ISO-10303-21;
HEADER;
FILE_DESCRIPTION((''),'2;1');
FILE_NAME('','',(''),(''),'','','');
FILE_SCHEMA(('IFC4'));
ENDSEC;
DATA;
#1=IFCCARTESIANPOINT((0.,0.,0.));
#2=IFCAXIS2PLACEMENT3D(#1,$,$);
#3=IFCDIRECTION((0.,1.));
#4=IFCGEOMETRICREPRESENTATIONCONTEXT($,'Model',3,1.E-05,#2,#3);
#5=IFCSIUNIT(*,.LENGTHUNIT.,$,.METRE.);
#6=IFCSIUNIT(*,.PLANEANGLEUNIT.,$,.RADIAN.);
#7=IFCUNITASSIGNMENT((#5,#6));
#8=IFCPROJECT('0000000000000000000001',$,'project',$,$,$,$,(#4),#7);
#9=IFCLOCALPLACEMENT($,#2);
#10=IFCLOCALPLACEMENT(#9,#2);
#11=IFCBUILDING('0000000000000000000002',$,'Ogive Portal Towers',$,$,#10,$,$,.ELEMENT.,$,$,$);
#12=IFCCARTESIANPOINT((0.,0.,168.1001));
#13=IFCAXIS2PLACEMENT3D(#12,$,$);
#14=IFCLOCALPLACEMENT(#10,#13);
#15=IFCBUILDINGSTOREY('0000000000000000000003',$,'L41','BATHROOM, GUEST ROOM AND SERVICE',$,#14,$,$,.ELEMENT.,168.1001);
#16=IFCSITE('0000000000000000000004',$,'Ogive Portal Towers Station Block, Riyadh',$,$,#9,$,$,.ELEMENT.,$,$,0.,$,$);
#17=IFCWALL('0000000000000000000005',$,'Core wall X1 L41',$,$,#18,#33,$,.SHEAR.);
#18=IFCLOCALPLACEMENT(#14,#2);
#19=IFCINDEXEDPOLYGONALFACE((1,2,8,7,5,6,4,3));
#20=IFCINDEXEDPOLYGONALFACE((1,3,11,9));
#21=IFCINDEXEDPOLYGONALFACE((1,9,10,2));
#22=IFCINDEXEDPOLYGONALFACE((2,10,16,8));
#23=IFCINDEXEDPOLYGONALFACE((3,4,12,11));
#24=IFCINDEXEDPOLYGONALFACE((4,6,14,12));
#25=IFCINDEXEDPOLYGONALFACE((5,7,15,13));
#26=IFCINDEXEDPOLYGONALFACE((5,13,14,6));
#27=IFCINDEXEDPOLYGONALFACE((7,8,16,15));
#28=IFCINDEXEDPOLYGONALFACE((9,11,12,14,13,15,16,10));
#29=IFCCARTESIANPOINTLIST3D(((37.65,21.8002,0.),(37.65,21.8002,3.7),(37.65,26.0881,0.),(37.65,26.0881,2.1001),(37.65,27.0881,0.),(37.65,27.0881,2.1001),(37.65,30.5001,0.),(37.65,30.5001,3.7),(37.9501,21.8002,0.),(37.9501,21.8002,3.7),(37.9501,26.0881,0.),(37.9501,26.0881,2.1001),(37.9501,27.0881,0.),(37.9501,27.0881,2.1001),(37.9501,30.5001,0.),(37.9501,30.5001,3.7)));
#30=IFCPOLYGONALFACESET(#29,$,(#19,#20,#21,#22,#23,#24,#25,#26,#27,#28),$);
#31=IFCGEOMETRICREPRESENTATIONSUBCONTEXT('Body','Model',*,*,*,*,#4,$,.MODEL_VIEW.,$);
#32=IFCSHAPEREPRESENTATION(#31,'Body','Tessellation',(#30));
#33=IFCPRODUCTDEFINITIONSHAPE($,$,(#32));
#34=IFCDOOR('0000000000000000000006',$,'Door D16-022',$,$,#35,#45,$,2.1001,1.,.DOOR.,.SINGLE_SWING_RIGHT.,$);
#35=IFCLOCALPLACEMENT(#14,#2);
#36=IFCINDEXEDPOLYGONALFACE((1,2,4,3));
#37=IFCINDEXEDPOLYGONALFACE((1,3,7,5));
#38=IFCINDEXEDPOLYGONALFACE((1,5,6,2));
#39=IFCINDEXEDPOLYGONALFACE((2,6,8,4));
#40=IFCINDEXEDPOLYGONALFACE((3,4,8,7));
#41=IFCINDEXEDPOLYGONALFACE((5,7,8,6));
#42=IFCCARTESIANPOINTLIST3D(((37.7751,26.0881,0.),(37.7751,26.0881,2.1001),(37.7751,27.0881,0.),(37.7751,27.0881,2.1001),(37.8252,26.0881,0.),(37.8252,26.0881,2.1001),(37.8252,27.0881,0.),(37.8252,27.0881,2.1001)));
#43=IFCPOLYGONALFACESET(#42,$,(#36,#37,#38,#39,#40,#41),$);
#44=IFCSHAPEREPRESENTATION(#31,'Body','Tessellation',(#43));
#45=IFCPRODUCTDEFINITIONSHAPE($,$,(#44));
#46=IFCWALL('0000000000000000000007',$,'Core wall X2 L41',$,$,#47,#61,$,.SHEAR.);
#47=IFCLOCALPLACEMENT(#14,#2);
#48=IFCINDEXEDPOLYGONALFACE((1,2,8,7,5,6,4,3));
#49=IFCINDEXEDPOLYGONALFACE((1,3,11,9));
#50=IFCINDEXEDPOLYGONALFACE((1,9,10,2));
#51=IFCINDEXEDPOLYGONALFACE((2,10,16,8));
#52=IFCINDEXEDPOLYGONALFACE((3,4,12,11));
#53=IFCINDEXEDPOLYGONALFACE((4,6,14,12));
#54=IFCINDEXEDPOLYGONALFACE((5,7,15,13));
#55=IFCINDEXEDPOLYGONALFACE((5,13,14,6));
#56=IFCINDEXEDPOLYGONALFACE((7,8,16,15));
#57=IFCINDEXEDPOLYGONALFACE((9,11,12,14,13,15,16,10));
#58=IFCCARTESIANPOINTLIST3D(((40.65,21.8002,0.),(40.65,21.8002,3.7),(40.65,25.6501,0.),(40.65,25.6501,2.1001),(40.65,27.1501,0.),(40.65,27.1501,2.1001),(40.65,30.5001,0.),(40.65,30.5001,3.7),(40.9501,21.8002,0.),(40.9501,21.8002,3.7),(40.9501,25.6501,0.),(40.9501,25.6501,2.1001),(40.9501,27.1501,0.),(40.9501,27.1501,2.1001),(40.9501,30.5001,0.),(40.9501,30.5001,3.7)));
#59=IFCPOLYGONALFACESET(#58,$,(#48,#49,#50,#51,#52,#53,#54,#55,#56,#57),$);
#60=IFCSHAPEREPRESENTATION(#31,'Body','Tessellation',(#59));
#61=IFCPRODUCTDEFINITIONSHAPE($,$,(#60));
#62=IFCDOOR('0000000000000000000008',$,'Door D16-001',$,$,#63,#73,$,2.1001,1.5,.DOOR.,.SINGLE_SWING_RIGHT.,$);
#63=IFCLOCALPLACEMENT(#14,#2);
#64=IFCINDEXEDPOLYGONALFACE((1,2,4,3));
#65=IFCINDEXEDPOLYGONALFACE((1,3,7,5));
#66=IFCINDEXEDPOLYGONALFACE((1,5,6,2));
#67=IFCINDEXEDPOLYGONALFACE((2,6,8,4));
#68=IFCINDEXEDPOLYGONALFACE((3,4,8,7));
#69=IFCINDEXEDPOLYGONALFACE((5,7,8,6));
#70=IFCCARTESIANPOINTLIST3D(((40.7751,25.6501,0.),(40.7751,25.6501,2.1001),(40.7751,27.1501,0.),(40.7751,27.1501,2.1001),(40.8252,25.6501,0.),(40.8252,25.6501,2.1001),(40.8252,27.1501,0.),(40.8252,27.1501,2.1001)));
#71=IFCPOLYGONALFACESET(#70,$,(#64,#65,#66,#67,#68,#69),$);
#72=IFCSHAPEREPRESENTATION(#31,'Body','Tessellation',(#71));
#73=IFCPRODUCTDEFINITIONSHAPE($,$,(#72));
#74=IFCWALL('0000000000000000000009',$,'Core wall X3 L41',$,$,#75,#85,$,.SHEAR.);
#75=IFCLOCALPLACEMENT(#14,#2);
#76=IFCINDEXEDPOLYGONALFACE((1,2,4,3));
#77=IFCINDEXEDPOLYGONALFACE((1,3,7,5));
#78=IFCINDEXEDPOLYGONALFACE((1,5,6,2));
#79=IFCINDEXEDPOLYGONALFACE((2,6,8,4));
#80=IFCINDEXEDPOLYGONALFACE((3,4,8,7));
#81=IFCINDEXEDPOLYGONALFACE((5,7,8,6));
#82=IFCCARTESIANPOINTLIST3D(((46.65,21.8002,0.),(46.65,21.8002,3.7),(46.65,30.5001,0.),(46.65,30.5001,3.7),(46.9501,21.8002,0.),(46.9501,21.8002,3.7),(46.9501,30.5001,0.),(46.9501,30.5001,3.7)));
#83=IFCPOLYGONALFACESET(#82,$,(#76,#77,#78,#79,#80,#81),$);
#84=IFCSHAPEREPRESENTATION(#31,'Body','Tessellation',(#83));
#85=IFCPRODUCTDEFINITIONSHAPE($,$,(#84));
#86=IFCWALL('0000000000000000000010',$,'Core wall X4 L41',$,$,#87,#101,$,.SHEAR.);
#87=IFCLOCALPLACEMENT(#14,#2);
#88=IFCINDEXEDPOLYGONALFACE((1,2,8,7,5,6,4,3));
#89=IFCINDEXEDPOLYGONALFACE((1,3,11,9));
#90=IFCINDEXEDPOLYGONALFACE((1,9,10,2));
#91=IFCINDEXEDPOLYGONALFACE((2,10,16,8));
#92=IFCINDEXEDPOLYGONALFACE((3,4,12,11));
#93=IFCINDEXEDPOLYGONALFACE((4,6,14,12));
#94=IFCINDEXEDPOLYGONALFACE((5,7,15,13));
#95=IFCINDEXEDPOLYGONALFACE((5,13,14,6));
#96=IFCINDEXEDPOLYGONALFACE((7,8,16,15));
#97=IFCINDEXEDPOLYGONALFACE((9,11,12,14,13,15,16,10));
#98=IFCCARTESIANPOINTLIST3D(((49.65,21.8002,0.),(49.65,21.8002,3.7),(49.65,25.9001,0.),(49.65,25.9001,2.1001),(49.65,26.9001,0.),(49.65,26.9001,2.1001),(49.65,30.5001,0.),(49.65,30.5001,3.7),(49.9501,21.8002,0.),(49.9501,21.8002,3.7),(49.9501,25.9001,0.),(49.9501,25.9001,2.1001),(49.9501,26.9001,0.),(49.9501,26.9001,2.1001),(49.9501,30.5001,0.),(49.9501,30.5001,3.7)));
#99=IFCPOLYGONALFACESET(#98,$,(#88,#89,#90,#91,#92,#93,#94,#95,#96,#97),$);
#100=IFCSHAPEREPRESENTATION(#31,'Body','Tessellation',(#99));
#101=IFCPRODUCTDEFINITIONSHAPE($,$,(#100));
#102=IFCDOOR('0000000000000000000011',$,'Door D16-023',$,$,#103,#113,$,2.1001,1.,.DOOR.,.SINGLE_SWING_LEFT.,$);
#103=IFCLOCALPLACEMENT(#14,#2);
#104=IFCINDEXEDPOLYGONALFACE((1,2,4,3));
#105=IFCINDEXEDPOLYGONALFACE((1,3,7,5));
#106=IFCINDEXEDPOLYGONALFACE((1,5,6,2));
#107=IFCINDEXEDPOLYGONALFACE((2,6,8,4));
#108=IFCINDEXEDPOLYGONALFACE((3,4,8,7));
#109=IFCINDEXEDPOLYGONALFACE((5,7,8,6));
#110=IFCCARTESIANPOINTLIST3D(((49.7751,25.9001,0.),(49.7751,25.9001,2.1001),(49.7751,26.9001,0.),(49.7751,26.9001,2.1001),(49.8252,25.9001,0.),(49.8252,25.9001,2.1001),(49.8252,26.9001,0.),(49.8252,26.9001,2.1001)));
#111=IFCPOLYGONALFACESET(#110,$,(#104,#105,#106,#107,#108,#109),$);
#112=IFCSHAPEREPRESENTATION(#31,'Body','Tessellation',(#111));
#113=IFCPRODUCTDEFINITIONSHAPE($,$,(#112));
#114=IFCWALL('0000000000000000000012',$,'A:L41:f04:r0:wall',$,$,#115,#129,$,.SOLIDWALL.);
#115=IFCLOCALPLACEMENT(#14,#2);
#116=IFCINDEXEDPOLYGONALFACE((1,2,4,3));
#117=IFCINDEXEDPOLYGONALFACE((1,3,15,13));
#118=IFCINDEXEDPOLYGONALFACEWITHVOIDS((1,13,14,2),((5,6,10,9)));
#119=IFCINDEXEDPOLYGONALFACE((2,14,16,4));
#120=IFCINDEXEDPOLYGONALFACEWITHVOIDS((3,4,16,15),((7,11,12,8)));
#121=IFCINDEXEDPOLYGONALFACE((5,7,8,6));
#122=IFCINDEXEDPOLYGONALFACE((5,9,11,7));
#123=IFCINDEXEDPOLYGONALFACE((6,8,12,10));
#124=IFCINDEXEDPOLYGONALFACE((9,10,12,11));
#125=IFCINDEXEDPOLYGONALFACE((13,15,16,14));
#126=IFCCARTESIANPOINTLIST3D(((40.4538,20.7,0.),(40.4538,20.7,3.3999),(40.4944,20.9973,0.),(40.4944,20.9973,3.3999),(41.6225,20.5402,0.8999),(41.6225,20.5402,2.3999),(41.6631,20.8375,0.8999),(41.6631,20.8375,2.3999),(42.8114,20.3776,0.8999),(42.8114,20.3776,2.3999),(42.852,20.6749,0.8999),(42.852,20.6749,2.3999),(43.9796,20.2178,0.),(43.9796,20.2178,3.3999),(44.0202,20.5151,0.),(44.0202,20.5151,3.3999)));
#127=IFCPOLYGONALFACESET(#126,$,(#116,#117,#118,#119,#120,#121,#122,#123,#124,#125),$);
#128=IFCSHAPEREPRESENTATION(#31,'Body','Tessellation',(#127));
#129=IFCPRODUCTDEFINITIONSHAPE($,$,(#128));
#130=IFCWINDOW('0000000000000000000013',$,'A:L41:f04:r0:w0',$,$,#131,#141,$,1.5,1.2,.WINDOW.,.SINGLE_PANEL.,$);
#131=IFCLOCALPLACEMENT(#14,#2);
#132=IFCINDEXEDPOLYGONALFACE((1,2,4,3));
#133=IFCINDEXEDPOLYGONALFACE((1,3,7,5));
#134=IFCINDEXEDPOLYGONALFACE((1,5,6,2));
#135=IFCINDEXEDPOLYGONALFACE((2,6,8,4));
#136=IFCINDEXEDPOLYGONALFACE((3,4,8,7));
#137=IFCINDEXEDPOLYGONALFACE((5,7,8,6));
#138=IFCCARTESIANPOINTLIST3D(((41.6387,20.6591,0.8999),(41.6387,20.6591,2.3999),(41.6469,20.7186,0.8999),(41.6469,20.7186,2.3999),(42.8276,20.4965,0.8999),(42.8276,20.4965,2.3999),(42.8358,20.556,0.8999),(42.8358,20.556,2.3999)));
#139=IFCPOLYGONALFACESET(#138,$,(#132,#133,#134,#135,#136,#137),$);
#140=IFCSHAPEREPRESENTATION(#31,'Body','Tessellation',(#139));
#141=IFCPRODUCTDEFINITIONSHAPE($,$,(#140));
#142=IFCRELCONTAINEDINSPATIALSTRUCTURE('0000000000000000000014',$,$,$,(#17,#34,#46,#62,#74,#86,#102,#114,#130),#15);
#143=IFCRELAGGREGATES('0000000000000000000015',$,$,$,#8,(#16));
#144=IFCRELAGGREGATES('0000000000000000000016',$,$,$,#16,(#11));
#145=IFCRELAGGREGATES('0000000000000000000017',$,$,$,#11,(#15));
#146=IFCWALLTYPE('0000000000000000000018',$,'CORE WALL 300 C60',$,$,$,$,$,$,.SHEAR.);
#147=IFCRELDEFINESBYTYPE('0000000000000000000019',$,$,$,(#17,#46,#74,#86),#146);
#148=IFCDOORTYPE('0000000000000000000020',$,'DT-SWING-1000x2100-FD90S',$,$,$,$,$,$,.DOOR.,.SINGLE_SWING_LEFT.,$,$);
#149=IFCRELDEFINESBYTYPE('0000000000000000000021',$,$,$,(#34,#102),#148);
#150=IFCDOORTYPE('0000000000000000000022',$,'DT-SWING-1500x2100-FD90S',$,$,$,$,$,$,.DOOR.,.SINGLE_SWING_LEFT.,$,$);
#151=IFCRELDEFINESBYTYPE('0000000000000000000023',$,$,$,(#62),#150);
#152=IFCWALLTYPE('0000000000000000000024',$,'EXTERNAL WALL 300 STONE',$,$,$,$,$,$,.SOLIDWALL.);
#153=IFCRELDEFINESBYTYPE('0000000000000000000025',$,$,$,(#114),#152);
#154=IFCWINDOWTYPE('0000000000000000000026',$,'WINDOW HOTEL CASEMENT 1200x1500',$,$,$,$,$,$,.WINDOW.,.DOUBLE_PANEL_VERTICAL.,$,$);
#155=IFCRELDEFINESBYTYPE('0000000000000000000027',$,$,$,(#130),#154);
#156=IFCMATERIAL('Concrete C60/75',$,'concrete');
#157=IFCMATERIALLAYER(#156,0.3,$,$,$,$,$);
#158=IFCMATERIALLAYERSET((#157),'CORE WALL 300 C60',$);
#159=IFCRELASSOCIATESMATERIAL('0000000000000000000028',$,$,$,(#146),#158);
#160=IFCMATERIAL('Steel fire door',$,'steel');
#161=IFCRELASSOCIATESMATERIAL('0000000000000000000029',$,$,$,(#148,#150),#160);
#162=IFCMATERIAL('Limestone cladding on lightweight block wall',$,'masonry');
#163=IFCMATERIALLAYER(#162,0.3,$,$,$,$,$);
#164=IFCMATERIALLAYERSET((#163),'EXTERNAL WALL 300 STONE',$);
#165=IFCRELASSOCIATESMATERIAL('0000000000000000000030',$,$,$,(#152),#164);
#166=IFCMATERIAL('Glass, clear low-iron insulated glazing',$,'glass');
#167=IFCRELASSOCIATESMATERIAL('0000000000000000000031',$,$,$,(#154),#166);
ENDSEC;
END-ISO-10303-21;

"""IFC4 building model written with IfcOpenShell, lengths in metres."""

from ifc_helpers import new_model, si_unit, direction, frame, frame_2d, origin, place, context, subcontext, project, spatial, rectangle, extrude, material, layer, layer_set, type_object, element, fill, save


model = new_model("IFC4")

# Units and contexts
model_context = context("Model", 3, precision=1e-05, world=origin(), true_north=direction((0.0, 1.0)))
body_context = subcontext(model_context, "Body", "Model", "MODEL_VIEW")
ifc_project = project(units=[si_unit("LENGTHUNIT", "METRE"), si_unit("PLANEANGLEUNIT", "RADIAN")], contexts=[model_context])

# Site, building, storey
site_placement = place(None, origin())
site = spatial("IfcSite", under=ifc_project, at=site_placement, Name="Ogive Portal Towers Station Block, Riyadh", CompositionType="ELEMENT", RefElevation=0.0)
building_placement = place(site_placement, origin())
building = spatial("IfcBuilding", under=site, at=building_placement, Name="Ogive Portal Towers", CompositionType="ELEMENT")
storey_placement = place(building_placement, frame((0.0, 0.0, 168.1001)))
storey = spatial("IfcBuildingStorey", under=building, at=storey_placement, Name="L41", Description="BATHROOM, GUEST ROOM AND SERVICE", CompositionType="ELEMENT", Elevation=168.1001)

# Walls, openings, doors
ifc_material_1 = material(Name="Concrete C60/75", Category="concrete")
ifc_layer_1 = layer(ifc_material_1, 0.3)
ifc_layer_set_1 = layer_set([ifc_layer_1], Name="CORE WALL 300 C60")
wall_type_1 = type_object("IfcWallType", Name="CORE WALL 300 C60", PredefinedType="SHEAR", material=ifc_layer_set_1)
wall_1_placement = place(storey_placement, frame((37.8, 21.8, 0.0), z_axis=(0.0, 0.0, 1.0), x_axis=(0.0, 1.0, 0.0)))
wall_1 = element("IfcWall", 1, at=wall_1_placement, inside=storey, type_object=wall_type_1, Name="Core wall X1 L41", PredefinedType="SHEAR", context=body_context, shape_type="SweptSolid", body=[
    extrude(rectangle(XDim=8.7, YDim=0.3, at=frame_2d((4.3501, 0.0))), origin(), (0.0, 0.0, 1.0), 3.7),
])
opening_1_placement = place(wall_1_placement, frame((4.2881, 0.0, 0.0)))
opening_1 = element("IfcOpeningElement", 2, at=opening_1_placement, cuts=wall_1, PredefinedType="OPENING", context=body_context, shape_type="SweptSolid", body=[
    extrude(rectangle(XDim=1.0, YDim=2.1001, at=frame_2d((0.5, 1.05))), frame((0.0, 0.1602, 0.0), z_axis=(0.0, -1.0, 0.0), x_axis=(1.0, 0.0, 0.0)), (0.0, 0.0, 1.0), 0.3201),
])
ifc_material_2 = material(Name="Steel fire door", Category="steel")
door_type_1 = type_object("IfcDoorType", Name="DT-SWING-1000x2100-FD90S", OperationType="SINGLE_SWING_LEFT", PredefinedType="DOOR", material=ifc_material_2)
door_1_placement = place(opening_1_placement, origin())
door_1 = element("IfcDoor", 3, at=door_1_placement, inside=storey, type_object=door_type_1, Name="Door D16-022", OperationType="SINGLE_SWING_RIGHT", OverallHeight=2.1001, OverallWidth=1.0, PredefinedType="DOOR", context=body_context, shape_type="SweptSolid", body=[
    extrude(rectangle(XDim=1.0, YDim=2.1001, at=frame_2d((0.5, 1.05))), frame((0.0, 0.0249, 0.0), z_axis=(0.0, -1.0, 0.0), x_axis=(1.0, 0.0, 0.0)), (0.0, 0.0, 1.0), 0.05),
])
fill(opening_1, door_1)
wall_2_placement = place(storey_placement, frame((40.8, 21.8, 0.0), z_axis=(0.0, 0.0, 1.0), x_axis=(0.0, 1.0, 0.0)))
wall_2 = element("IfcWall", 4, at=wall_2_placement, inside=storey, type_object=wall_type_1, Name="Core wall X2 L41", PredefinedType="SHEAR", context=body_context, shape_type="SweptSolid", body=[
    extrude(rectangle(XDim=8.7, YDim=0.3, at=frame_2d((4.3501, 0.0))), origin(), (0.0, 0.0, 1.0), 3.7),
])
opening_2_placement = place(wall_2_placement, frame((3.8501, 0.0, 0.0)))
opening_2 = element("IfcOpeningElement", 5, at=opening_2_placement, cuts=wall_2, PredefinedType="OPENING", context=body_context, shape_type="SweptSolid", body=[
    extrude(rectangle(XDim=1.5, YDim=2.1001, at=frame_2d((0.75, 1.05))), frame((0.0, 0.1602, 0.0), z_axis=(0.0, -1.0, 0.0), x_axis=(1.0, 0.0, 0.0)), (0.0, 0.0, 1.0), 0.3201),
])
door_type_2 = type_object("IfcDoorType", Name="DT-SWING-1500x2100-FD90S", OperationType="SINGLE_SWING_LEFT", PredefinedType="DOOR", material=ifc_material_2)
door_2_placement = place(opening_2_placement, origin())
door_2 = element("IfcDoor", 6, at=door_2_placement, inside=storey, type_object=door_type_2, Name="Door D16-001", OperationType="SINGLE_SWING_RIGHT", OverallHeight=2.1001, OverallWidth=1.5, PredefinedType="DOOR", context=body_context, shape_type="SweptSolid", body=[
    extrude(rectangle(XDim=1.5, YDim=2.1001, at=frame_2d((0.75, 1.05))), frame((0.0, 0.0249, 0.0), z_axis=(0.0, -1.0, 0.0), x_axis=(1.0, 0.0, 0.0)), (0.0, 0.0, 1.0), 0.05),
])
fill(opening_2, door_2)

# Wall
wall_3_placement = place(storey_placement, frame((46.8, 21.8, 0.0), z_axis=(0.0, 0.0, 1.0), x_axis=(0.0, 1.0, 0.0)))
element("IfcWall", 7, at=wall_3_placement, inside=storey, type_object=wall_type_1, Name="Core wall X3 L41", PredefinedType="SHEAR", context=body_context, shape_type="SweptSolid", body=[
    extrude(rectangle(XDim=8.7, YDim=0.3, at=frame_2d((4.3501, 0.0))), origin(), (0.0, 0.0, 1.0), 3.7),
])

# Wall, opening, door
wall_4_placement = place(storey_placement, frame((49.8, 21.8, 0.0), z_axis=(0.0, 0.0, 1.0), x_axis=(0.0, 1.0, 0.0)))
wall_4 = element("IfcWall", 8, at=wall_4_placement, inside=storey, type_object=wall_type_1, Name="Core wall X4 L41", PredefinedType="SHEAR", context=body_context, shape_type="SweptSolid", body=[
    extrude(rectangle(XDim=8.7, YDim=0.3, at=frame_2d((4.3501, 0.0))), origin(), (0.0, 0.0, 1.0), 3.7),
])
opening_3_placement = place(wall_4_placement, frame((4.1001, 0.0, 0.0)))
opening_3 = element("IfcOpeningElement", 9, at=opening_3_placement, cuts=wall_4, PredefinedType="OPENING", context=body_context, shape_type="SweptSolid", body=[
    extrude(rectangle(XDim=1.0, YDim=2.1001, at=frame_2d((0.5, 1.05))), frame((0.0, 0.1602, 0.0), z_axis=(0.0, -1.0, 0.0), x_axis=(1.0, 0.0, 0.0)), (0.0, 0.0, 1.0), 0.3201),
])
door_3_placement = place(opening_3_placement, origin())
door_3 = element("IfcDoor", 10, at=door_3_placement, inside=storey, type_object=door_type_1, Name="Door D16-023", OperationType="SINGLE_SWING_LEFT", OverallHeight=2.1001, OverallWidth=1.0, PredefinedType="DOOR", context=body_context, shape_type="SweptSolid", body=[
    extrude(rectangle(XDim=1.0, YDim=2.1001, at=frame_2d((0.5, 1.05))), frame((0.0, 0.0249, 0.0), z_axis=(0.0, -1.0, 0.0), x_axis=(1.0, 0.0, 0.0)), (0.0, 0.0, 1.0), 0.05),
])
fill(opening_3, door_3)

# Wall, opening, window
ifc_material_3 = material(Name="Limestone cladding on lightweight block wall", Category="masonry")
ifc_layer_2 = layer(ifc_material_3, 0.3)
ifc_layer_set_2 = layer_set([ifc_layer_2], Name="EXTERNAL WALL 300 STONE")
wall_type_2 = type_object("IfcWallType", Name="EXTERNAL WALL 300 STONE", PredefinedType="SOLIDWALL", material=ifc_layer_set_2)
wall_5_placement = place(storey_placement, frame((40.4741, 20.8486, 0.0), z_axis=(0.0, 0.0, 1.0), x_axis=(0.990778, -0.135493, 0.0)))
wall_5 = element("IfcWall", 11, at=wall_5_placement, inside=storey, type_object=wall_type_2, Name="A:L41:f04:r0:wall", PredefinedType="SOLIDWALL", context=body_context, shape_type="SweptSolid", body=[
    extrude(rectangle(XDim=3.5586, YDim=0.3, at=frame_2d((1.7793, 0.0))), origin(), (0.0, 0.0, 1.0), 3.3999),
])
opening_4_placement = place(wall_5_placement, frame((1.1794, 0.0, 0.8999)))
opening_4 = element("IfcOpeningElement", 12, at=opening_4_placement, cuts=wall_5, PredefinedType="OPENING", context=body_context, shape_type="SweptSolid", body=[
    extrude(rectangle(XDim=1.2, YDim=1.5, at=frame_2d((0.6001, 0.75))), frame((0.0, 0.1602, 0.0), z_axis=(0.0, -1.0, 0.0), x_axis=(1.0, 0.0, 0.0)), (0.0, 0.0, 1.0), 0.3201),
])
ifc_material_4 = material(Name="Glass, clear low-iron insulated glazing", Category="glass")
window_type_1 = type_object("IfcWindowType", Name="WINDOW HOTEL CASEMENT 1200x1500", PartitioningType="DOUBLE_PANEL_VERTICAL", PredefinedType="WINDOW", material=ifc_material_4)
window_1_placement = place(opening_4_placement, origin())
window_1 = element("IfcWindow", 13, at=window_1_placement, inside=storey, type_object=window_type_1, Name="A:L41:f04:r0:w0", OverallHeight=1.5, OverallWidth=1.2, PartitioningType="SINGLE_PANEL", PredefinedType="WINDOW", context=body_context, shape_type="SweptSolid", body=[
    extrude(rectangle(XDim=1.2, YDim=1.5, at=frame_2d((0.6001, 0.75))), frame((0.0, 0.03, 0.0), z_axis=(0.0, -1.0, 0.0), x_axis=(1.0, 0.0, 0.0)), (0.0, 0.0, 1.0), 0.0601),
])
fill(opening_4, window_1)

save(model, "model.ifc")
